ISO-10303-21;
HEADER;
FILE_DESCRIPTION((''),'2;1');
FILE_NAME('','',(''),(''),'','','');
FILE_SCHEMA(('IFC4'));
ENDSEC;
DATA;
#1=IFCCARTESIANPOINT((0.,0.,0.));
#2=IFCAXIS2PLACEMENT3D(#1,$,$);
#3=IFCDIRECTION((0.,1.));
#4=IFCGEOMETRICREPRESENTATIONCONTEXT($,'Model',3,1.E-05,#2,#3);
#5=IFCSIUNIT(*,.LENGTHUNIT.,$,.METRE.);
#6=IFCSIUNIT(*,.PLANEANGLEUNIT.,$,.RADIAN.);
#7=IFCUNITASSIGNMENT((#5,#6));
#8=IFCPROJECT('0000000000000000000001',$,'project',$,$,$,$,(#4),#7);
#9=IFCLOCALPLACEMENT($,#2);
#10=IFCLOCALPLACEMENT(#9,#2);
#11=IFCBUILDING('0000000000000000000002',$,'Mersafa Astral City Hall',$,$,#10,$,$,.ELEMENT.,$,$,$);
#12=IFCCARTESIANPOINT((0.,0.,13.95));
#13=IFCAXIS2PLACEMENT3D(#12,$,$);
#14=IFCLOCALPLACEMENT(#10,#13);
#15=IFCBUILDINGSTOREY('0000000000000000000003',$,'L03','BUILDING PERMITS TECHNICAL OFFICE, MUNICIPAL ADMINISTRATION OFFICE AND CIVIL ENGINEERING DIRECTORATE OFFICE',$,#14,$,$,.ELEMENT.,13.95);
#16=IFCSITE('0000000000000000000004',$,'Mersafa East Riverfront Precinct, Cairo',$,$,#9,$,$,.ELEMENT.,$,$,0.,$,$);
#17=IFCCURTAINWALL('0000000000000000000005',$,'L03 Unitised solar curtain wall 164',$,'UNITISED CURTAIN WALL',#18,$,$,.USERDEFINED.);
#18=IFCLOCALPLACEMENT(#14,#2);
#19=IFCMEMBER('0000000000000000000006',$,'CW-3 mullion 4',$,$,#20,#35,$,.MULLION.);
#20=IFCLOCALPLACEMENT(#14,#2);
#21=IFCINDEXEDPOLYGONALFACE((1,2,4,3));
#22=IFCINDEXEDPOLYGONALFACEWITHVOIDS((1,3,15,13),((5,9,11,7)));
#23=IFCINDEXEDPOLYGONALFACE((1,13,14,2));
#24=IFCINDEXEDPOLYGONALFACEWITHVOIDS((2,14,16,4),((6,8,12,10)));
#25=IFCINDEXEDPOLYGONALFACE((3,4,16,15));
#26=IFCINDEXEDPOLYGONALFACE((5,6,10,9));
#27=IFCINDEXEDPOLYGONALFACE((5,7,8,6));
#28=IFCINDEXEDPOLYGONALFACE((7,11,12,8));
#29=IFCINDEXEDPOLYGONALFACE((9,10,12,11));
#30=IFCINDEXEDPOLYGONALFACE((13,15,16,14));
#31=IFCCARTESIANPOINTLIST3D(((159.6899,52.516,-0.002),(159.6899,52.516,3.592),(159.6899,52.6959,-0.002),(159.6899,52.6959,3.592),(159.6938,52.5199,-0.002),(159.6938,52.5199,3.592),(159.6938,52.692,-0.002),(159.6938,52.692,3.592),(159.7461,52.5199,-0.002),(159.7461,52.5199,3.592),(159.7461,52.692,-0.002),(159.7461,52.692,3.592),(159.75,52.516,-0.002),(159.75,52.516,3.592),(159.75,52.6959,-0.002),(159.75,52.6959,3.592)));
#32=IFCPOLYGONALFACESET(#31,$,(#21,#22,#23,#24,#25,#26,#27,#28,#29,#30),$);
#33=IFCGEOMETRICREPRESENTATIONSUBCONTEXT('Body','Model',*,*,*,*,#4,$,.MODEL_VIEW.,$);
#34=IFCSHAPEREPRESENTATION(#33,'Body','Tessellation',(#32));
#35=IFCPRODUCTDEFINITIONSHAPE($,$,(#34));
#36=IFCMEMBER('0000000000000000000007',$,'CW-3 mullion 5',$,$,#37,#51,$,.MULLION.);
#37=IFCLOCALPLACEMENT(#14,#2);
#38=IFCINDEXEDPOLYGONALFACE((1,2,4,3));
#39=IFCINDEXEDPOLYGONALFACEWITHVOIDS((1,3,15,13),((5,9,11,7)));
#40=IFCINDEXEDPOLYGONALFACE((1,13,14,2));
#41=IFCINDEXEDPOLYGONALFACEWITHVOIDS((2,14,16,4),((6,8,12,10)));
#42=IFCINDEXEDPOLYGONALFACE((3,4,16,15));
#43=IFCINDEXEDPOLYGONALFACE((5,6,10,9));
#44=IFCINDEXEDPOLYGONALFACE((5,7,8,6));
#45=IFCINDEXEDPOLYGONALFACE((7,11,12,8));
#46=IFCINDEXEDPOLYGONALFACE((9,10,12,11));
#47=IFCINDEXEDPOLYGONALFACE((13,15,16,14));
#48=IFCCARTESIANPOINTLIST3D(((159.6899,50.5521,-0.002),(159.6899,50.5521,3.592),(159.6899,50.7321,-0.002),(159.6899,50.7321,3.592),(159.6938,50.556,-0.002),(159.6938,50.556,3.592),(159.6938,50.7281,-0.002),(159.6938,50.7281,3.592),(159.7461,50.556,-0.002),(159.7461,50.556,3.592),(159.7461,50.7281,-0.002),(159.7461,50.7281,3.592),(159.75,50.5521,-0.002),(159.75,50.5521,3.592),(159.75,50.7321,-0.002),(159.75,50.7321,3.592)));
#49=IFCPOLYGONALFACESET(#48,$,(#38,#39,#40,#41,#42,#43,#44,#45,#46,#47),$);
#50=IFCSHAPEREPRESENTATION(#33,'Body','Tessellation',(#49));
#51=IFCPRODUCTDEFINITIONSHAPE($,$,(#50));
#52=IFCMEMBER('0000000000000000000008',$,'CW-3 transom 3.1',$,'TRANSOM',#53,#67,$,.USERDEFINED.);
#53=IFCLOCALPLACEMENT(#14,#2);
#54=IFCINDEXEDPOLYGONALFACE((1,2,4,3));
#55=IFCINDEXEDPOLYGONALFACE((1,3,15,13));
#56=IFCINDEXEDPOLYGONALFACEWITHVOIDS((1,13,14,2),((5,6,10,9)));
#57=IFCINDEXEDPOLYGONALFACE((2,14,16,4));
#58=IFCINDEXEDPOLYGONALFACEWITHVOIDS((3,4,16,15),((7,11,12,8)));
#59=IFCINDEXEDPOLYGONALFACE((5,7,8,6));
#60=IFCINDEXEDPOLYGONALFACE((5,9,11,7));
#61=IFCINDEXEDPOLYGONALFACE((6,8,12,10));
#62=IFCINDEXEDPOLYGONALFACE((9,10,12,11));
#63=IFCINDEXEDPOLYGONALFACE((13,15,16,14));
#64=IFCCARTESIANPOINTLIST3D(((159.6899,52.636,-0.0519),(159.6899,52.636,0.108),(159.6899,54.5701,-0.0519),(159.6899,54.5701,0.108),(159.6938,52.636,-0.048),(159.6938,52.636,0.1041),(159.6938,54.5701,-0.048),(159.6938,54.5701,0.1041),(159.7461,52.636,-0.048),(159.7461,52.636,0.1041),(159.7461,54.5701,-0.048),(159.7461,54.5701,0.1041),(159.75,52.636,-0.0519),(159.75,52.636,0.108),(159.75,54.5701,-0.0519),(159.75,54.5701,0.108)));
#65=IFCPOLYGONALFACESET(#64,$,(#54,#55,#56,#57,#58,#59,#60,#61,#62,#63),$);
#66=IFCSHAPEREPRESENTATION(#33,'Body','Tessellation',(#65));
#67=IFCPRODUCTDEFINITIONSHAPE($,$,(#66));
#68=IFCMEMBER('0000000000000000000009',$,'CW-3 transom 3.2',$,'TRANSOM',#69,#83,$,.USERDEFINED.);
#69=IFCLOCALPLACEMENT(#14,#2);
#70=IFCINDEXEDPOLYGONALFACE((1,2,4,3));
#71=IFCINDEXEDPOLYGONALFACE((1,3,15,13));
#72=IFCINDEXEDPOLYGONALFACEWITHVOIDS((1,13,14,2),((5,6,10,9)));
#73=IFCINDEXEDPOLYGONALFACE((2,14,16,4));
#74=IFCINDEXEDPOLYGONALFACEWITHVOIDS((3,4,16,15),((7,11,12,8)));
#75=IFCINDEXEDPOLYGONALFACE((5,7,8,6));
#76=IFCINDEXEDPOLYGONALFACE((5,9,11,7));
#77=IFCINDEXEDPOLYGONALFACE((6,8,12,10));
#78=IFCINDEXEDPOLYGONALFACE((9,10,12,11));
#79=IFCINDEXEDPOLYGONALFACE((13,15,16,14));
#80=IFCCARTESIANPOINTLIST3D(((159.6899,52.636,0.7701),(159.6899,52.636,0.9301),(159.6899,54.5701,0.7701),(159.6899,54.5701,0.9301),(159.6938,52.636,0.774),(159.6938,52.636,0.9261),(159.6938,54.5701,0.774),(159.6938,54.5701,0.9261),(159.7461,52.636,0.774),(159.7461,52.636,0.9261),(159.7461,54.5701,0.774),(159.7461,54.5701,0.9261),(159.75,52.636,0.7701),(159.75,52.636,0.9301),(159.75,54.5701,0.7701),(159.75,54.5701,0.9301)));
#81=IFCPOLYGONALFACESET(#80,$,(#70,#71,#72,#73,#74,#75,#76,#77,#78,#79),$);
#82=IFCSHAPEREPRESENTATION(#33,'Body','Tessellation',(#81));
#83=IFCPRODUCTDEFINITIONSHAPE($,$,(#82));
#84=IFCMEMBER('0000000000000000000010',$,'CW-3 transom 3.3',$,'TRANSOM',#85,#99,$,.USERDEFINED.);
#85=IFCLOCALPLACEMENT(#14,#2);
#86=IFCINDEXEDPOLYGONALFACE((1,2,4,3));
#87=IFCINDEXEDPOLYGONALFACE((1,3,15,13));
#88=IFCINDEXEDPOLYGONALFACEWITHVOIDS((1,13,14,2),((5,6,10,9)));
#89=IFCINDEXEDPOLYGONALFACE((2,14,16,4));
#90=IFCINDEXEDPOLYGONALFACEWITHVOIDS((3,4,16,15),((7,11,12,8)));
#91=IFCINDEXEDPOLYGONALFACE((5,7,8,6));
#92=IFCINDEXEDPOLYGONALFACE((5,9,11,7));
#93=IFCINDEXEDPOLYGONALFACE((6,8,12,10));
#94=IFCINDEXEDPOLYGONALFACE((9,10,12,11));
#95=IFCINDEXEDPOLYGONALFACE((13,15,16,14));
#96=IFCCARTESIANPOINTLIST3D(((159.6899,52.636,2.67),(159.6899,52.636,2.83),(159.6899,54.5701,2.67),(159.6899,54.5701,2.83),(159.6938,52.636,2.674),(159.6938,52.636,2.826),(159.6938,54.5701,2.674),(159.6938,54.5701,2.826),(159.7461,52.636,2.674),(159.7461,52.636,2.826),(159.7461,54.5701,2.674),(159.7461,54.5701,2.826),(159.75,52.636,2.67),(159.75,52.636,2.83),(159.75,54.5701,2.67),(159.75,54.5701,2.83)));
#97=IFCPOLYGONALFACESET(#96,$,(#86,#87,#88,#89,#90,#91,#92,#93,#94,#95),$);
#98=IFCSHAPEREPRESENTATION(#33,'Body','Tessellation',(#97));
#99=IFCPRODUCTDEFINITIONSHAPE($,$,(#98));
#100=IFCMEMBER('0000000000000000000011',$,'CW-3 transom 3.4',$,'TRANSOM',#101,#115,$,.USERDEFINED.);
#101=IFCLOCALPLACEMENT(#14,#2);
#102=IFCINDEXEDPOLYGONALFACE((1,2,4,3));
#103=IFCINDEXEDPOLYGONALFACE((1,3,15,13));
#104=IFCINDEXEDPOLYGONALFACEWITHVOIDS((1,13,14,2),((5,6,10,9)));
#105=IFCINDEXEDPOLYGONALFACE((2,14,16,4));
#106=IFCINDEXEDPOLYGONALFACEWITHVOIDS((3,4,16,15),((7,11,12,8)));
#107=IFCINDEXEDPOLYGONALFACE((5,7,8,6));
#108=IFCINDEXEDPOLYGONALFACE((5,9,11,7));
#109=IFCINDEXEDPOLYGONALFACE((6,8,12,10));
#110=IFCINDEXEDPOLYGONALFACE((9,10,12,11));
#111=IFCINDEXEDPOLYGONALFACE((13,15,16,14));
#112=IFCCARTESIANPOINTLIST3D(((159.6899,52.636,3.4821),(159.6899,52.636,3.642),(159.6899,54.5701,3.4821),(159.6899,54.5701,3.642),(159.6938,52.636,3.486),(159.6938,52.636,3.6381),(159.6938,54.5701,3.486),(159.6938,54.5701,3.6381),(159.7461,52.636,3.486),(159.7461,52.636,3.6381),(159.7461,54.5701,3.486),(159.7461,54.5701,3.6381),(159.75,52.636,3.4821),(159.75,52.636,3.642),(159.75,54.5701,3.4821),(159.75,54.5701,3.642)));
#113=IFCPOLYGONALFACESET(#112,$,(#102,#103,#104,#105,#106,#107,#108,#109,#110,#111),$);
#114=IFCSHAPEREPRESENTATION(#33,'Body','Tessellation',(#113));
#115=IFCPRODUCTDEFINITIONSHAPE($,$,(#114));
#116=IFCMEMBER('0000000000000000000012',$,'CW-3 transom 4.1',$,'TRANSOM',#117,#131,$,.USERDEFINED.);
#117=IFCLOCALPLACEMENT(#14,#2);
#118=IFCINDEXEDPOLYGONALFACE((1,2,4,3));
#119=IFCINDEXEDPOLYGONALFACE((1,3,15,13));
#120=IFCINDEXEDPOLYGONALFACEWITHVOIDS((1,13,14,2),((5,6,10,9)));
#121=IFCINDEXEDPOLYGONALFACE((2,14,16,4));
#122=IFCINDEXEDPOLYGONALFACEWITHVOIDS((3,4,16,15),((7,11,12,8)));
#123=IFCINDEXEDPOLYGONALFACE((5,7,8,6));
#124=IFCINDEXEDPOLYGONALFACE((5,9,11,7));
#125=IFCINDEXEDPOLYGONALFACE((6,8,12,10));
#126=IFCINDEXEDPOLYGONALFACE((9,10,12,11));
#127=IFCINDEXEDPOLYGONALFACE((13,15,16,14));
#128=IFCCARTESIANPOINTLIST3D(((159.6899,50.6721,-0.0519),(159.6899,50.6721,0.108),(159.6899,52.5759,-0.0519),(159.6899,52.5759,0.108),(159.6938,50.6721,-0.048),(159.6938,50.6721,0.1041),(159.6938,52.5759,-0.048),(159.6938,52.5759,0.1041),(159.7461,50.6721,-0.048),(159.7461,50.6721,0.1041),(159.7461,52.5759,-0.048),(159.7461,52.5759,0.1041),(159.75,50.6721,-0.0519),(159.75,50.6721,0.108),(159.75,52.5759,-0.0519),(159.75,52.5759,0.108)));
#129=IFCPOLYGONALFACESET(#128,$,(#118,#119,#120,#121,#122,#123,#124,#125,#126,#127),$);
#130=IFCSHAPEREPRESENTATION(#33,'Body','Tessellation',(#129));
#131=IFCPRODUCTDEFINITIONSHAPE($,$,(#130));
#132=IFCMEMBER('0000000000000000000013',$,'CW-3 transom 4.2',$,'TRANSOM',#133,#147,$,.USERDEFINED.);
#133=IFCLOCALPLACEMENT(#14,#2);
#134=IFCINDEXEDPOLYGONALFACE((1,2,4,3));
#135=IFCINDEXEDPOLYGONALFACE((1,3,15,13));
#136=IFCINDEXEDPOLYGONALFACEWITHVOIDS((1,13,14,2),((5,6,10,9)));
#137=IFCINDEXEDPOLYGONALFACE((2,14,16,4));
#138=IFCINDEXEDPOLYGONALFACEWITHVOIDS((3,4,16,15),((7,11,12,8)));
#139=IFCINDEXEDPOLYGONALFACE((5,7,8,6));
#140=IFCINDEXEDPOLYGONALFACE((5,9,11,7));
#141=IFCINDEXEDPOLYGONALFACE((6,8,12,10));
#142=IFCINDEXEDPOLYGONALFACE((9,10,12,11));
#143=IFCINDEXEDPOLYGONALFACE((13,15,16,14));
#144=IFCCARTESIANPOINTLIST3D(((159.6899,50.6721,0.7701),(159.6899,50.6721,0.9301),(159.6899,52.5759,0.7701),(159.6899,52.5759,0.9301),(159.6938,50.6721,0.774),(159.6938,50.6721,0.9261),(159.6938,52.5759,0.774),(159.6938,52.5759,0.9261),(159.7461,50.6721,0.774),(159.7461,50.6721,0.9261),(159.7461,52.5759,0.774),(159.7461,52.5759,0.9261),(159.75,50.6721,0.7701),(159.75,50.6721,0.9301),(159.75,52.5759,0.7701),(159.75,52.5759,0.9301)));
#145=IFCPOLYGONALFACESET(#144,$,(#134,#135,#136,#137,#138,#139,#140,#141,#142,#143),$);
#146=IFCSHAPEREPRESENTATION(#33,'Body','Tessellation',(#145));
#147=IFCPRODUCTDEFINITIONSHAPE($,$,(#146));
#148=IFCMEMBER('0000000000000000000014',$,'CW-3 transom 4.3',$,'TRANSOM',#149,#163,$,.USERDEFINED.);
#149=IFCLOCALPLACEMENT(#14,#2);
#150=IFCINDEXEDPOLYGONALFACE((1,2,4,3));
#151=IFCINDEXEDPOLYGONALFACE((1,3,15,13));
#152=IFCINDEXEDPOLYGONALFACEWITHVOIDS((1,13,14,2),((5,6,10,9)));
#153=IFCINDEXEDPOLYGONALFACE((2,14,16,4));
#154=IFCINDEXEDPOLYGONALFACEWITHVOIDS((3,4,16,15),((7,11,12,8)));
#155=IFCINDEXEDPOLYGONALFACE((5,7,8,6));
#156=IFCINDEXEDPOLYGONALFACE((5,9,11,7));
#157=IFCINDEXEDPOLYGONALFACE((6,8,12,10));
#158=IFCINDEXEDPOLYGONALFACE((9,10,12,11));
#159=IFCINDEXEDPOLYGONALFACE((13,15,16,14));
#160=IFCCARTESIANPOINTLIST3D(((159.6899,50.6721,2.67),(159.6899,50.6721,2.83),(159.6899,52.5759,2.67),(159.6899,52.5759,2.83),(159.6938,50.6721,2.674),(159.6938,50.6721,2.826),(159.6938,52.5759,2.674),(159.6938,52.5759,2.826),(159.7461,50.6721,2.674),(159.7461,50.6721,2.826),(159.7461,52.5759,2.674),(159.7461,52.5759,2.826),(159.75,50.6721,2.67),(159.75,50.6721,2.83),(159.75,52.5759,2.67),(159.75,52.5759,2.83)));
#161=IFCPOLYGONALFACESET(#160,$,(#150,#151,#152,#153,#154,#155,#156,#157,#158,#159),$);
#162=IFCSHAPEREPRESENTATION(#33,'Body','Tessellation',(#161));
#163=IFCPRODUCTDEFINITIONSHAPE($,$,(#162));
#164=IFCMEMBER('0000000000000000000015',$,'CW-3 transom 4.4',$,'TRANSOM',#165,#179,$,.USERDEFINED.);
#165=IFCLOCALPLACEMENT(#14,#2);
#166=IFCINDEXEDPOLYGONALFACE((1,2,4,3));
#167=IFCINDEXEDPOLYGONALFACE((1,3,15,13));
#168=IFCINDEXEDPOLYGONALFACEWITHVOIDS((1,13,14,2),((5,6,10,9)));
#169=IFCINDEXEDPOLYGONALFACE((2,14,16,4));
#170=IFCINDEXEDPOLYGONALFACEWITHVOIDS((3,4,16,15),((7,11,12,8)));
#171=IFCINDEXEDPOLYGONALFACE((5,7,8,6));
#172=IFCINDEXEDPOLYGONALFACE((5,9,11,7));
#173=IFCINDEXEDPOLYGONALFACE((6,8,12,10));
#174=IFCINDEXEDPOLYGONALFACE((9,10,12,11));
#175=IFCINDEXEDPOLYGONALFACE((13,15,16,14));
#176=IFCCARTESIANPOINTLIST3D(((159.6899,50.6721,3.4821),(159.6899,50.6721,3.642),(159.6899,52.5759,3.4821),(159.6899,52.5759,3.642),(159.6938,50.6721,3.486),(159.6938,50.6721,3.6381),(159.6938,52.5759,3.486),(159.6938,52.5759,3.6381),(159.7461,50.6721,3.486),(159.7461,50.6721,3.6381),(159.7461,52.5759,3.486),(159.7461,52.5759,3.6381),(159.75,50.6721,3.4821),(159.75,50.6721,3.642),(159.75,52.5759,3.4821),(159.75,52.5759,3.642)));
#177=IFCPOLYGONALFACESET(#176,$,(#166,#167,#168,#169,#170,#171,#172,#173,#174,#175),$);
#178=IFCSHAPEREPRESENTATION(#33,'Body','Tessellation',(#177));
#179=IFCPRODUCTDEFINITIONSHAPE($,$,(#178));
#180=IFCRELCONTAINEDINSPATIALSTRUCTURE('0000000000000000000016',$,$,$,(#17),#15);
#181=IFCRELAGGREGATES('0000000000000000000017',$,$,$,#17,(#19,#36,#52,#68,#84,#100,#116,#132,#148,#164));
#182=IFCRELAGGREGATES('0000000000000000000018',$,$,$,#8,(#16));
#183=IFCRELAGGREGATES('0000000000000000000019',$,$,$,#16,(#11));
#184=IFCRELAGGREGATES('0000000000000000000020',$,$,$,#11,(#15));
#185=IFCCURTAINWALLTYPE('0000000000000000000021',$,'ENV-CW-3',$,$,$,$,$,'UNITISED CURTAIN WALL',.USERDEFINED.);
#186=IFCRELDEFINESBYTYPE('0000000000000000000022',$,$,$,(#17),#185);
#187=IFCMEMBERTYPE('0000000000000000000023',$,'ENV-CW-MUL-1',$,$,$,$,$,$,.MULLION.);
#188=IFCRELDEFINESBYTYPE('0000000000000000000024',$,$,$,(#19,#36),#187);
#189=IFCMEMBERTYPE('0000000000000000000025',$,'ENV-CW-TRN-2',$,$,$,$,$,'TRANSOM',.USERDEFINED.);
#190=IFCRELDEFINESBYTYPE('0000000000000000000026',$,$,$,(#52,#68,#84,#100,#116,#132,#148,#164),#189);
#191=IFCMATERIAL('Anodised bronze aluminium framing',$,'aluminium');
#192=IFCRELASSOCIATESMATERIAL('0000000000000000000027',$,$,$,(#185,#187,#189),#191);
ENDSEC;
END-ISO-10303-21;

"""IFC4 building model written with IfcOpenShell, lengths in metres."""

from ifc_helpers import new_model, si_unit, direction, frame, origin, origin_2d, place, context, subcontext, project, spatial, hollow_rectangle, extrude, material, material_profile, profile_set, type_object, element, aggregate, save


model = new_model("IFC4")

# Units and contexts
model_context = context("Model", 3, precision=1e-05, world=origin(), true_north=direction((0.0, 1.0)))
body_context = subcontext(model_context, "Body", "Model", "MODEL_VIEW")
ifc_project = project(units=[si_unit("LENGTHUNIT", "METRE"), si_unit("PLANEANGLEUNIT", "RADIAN")], contexts=[model_context])

# Site, building, storey
site_placement = place(None, origin())
site = spatial("IfcSite", under=ifc_project, at=site_placement, Name="Mersafa East Riverfront Precinct, Cairo", CompositionType="ELEMENT", RefElevation=0.0)
building_placement = place(site_placement, origin())
building = spatial("IfcBuilding", under=site, at=building_placement, Name="Mersafa Astral City Hall", CompositionType="ELEMENT")
storey_placement = place(building_placement, frame((0.0, 0.0, 13.95)))
storey = spatial("IfcBuildingStorey", under=building, at=storey_placement, Name="L03", Description="BUILDING PERMITS TECHNICAL OFFICE, MUNICIPAL ADMINISTRATION OFFICE AND CIVIL ENGINEERING DIRECTORATE OFFICE", CompositionType="ELEMENT", Elevation=13.95)

# Curtain wall, members
ifc_material_1 = material(Name="Anodised bronze aluminium framing", Category="aluminium")
curtain_wall_type = type_object("IfcCurtainWallType", Name="ENV-CW-3", ElementType="UNITISED CURTAIN WALL", PredefinedType="USERDEFINED", material=ifc_material_1)
curtain_wall_placement = place(storey_placement, origin())
curtain_wall = element("IfcCurtainWall", 1, at=curtain_wall_placement, inside=storey, type_object=curtain_wall_type, Name="L03 Unitised solar curtain wall 164", ObjectType="UNITISED CURTAIN WALL", PredefinedType="USERDEFINED")
ifc_material_profile_1 = material_profile(ifc_material_1, hollow_rectangle(XDim=0.0601, YDim=0.1799, WallThickness=0.0039, at=origin_2d()), Name="RHS 60x180x4")
ifc_profile_set_1 = profile_set([ifc_material_profile_1], Name="Anodised bronze aluminium framing")
member_type_1 = type_object("IfcMemberType", Name="ENV-CW-MUL-1", PredefinedType="MULLION", material=ifc_profile_set_1)
member_1_placement = place(storey_placement, frame((159.72, 52.606, -0.002), z_axis=(0.0, 0.0, 1.0), x_axis=(1.0, 0.0, 0.0)))
member_1 = element("IfcMember", 2, at=member_1_placement, type_object=member_type_1, Name="CW-3 mullion 4", PredefinedType="MULLION", context=body_context, shape_type="SweptSolid", body=[
    extrude(hollow_rectangle(XDim=0.0601, YDim=0.1799, WallThickness=0.0039, at=origin_2d()), origin(), (0.0, 0.0, 1.0), 3.594),
])
member_2_placement = place(storey_placement, frame((159.72, 50.6421, -0.002), z_axis=(0.0, 0.0, 1.0), x_axis=(1.0, 0.0, 0.0)))
member_2 = element("IfcMember", 3, at=member_2_placement, type_object=member_type_1, Name="CW-3 mullion 5", PredefinedType="MULLION", context=body_context, shape_type="SweptSolid", body=[
    extrude(hollow_rectangle(XDim=0.0601, YDim=0.1799, WallThickness=0.0039, at=origin_2d()), origin(), (0.0, 0.0, 1.0), 3.594),
])
ifc_material_profile_2 = material_profile(ifc_material_1, hollow_rectangle(XDim=0.0601, YDim=0.1599, WallThickness=0.0039, at=origin_2d()), Name="RHS 60x160x4")
ifc_profile_set_2 = profile_set([ifc_material_profile_2], Name="Anodised bronze aluminium framing")
member_type_2 = type_object("IfcMemberType", Name="ENV-CW-TRN-2", ElementType="TRANSOM", PredefinedType="USERDEFINED", material=ifc_profile_set_2)
member_3_placement = place(storey_placement, frame((159.72, 54.5701, 0.0281), z_axis=(0.0, -1.0, 0.0), x_axis=(1.0, 0.0, 0.0)))
member_3 = element("IfcMember", 4, at=member_3_placement, type_object=member_type_2, Name="CW-3 transom 3.1", ObjectType="TRANSOM", PredefinedType="USERDEFINED", context=body_context, shape_type="SweptSolid", body=[
    extrude(hollow_rectangle(XDim=0.0601, YDim=0.1599, WallThickness=0.0039, at=origin_2d()), origin(), (0.0, 0.0, 1.0), 1.9341),
])
member_4_placement = place(storey_placement, frame((159.72, 54.5701, 0.8501), z_axis=(0.0, -1.0, 0.0), x_axis=(1.0, 0.0, 0.0)))
member_4 = element("IfcMember", 5, at=member_4_placement, type_object=member_type_2, Name="CW-3 transom 3.2", ObjectType="TRANSOM", PredefinedType="USERDEFINED", context=body_context, shape_type="SweptSolid", body=[
    extrude(hollow_rectangle(XDim=0.0601, YDim=0.1599, WallThickness=0.0039, at=origin_2d()), origin(), (0.0, 0.0, 1.0), 1.9341),
])
member_5_placement = place(storey_placement, frame((159.72, 54.5701, 2.75), z_axis=(0.0, -1.0, 0.0), x_axis=(1.0, 0.0, 0.0)))
member_5 = element("IfcMember", 6, at=member_5_placement, type_object=member_type_2, Name="CW-3 transom 3.3", ObjectType="TRANSOM", PredefinedType="USERDEFINED", context=body_context, shape_type="SweptSolid", body=[
    extrude(hollow_rectangle(XDim=0.0601, YDim=0.1599, WallThickness=0.0039, at=origin_2d()), origin(), (0.0, 0.0, 1.0), 1.9341),
])
member_6_placement = place(storey_placement, frame((159.72, 54.5701, 3.562), z_axis=(0.0, -1.0, 0.0), x_axis=(1.0, 0.0, 0.0)))
member_6 = element("IfcMember", 7, at=member_6_placement, type_object=member_type_2, Name="CW-3 transom 3.4", ObjectType="TRANSOM", PredefinedType="USERDEFINED", context=body_context, shape_type="SweptSolid", body=[
    extrude(hollow_rectangle(XDim=0.0601, YDim=0.1599, WallThickness=0.0039, at=origin_2d()), origin(), (0.0, 0.0, 1.0), 1.9341),
])
member_7_placement = place(storey_placement, frame((159.72, 52.5759, 0.0281), z_axis=(0.0, -1.0, 0.0), x_axis=(1.0, 0.0, 0.0)))
member_7 = element("IfcMember", 8, at=member_7_placement, type_object=member_type_2, Name="CW-3 transom 4.1", ObjectType="TRANSOM", PredefinedType="USERDEFINED", context=body_context, shape_type="SweptSolid", body=[
    extrude(hollow_rectangle(XDim=0.0601, YDim=0.1599, WallThickness=0.0039, at=origin_2d()), origin(), (0.0, 0.0, 1.0), 1.9038),
])
member_8_placement = place(storey_placement, frame((159.72, 52.5759, 0.8501), z_axis=(0.0, -1.0, 0.0), x_axis=(1.0, 0.0, 0.0)))
member_8 = element("IfcMember", 9, at=member_8_placement, type_object=member_type_2, Name="CW-3 transom 4.2", ObjectType="TRANSOM", PredefinedType="USERDEFINED", context=body_context, shape_type="SweptSolid", body=[
    extrude(hollow_rectangle(XDim=0.0601, YDim=0.1599, WallThickness=0.0039, at=origin_2d()), origin(), (0.0, 0.0, 1.0), 1.9038),
])
member_9_placement = place(storey_placement, frame((159.72, 52.5759, 2.75), z_axis=(0.0, -1.0, 0.0), x_axis=(1.0, 0.0, 0.0)))
member_9 = element("IfcMember", 10, at=member_9_placement, type_object=member_type_2, Name="CW-3 transom 4.3", ObjectType="TRANSOM", PredefinedType="USERDEFINED", context=body_context, shape_type="SweptSolid", body=[
    extrude(hollow_rectangle(XDim=0.0601, YDim=0.1599, WallThickness=0.0039, at=origin_2d()), origin(), (0.0, 0.0, 1.0), 1.9038),
])
member_10_placement = place(storey_placement, frame((159.72, 52.5759, 3.562), z_axis=(0.0, -1.0, 0.0), x_axis=(1.0, 0.0, 0.0)))
member_10 = element("IfcMember", 11, at=member_10_placement, type_object=member_type_2, Name="CW-3 transom 4.4", ObjectType="TRANSOM", PredefinedType="USERDEFINED", context=body_context, shape_type="SweptSolid", body=[
    extrude(hollow_rectangle(XDim=0.0601, YDim=0.1599, WallThickness=0.0039, at=origin_2d()), origin(), (0.0, 0.0, 1.0), 1.9038),
])

aggregate(curtain_wall, [member_1, member_2, member_3, member_4, member_5, member_6, member_7, member_8, member_9, member_10])

save(model, "model.ifc")
